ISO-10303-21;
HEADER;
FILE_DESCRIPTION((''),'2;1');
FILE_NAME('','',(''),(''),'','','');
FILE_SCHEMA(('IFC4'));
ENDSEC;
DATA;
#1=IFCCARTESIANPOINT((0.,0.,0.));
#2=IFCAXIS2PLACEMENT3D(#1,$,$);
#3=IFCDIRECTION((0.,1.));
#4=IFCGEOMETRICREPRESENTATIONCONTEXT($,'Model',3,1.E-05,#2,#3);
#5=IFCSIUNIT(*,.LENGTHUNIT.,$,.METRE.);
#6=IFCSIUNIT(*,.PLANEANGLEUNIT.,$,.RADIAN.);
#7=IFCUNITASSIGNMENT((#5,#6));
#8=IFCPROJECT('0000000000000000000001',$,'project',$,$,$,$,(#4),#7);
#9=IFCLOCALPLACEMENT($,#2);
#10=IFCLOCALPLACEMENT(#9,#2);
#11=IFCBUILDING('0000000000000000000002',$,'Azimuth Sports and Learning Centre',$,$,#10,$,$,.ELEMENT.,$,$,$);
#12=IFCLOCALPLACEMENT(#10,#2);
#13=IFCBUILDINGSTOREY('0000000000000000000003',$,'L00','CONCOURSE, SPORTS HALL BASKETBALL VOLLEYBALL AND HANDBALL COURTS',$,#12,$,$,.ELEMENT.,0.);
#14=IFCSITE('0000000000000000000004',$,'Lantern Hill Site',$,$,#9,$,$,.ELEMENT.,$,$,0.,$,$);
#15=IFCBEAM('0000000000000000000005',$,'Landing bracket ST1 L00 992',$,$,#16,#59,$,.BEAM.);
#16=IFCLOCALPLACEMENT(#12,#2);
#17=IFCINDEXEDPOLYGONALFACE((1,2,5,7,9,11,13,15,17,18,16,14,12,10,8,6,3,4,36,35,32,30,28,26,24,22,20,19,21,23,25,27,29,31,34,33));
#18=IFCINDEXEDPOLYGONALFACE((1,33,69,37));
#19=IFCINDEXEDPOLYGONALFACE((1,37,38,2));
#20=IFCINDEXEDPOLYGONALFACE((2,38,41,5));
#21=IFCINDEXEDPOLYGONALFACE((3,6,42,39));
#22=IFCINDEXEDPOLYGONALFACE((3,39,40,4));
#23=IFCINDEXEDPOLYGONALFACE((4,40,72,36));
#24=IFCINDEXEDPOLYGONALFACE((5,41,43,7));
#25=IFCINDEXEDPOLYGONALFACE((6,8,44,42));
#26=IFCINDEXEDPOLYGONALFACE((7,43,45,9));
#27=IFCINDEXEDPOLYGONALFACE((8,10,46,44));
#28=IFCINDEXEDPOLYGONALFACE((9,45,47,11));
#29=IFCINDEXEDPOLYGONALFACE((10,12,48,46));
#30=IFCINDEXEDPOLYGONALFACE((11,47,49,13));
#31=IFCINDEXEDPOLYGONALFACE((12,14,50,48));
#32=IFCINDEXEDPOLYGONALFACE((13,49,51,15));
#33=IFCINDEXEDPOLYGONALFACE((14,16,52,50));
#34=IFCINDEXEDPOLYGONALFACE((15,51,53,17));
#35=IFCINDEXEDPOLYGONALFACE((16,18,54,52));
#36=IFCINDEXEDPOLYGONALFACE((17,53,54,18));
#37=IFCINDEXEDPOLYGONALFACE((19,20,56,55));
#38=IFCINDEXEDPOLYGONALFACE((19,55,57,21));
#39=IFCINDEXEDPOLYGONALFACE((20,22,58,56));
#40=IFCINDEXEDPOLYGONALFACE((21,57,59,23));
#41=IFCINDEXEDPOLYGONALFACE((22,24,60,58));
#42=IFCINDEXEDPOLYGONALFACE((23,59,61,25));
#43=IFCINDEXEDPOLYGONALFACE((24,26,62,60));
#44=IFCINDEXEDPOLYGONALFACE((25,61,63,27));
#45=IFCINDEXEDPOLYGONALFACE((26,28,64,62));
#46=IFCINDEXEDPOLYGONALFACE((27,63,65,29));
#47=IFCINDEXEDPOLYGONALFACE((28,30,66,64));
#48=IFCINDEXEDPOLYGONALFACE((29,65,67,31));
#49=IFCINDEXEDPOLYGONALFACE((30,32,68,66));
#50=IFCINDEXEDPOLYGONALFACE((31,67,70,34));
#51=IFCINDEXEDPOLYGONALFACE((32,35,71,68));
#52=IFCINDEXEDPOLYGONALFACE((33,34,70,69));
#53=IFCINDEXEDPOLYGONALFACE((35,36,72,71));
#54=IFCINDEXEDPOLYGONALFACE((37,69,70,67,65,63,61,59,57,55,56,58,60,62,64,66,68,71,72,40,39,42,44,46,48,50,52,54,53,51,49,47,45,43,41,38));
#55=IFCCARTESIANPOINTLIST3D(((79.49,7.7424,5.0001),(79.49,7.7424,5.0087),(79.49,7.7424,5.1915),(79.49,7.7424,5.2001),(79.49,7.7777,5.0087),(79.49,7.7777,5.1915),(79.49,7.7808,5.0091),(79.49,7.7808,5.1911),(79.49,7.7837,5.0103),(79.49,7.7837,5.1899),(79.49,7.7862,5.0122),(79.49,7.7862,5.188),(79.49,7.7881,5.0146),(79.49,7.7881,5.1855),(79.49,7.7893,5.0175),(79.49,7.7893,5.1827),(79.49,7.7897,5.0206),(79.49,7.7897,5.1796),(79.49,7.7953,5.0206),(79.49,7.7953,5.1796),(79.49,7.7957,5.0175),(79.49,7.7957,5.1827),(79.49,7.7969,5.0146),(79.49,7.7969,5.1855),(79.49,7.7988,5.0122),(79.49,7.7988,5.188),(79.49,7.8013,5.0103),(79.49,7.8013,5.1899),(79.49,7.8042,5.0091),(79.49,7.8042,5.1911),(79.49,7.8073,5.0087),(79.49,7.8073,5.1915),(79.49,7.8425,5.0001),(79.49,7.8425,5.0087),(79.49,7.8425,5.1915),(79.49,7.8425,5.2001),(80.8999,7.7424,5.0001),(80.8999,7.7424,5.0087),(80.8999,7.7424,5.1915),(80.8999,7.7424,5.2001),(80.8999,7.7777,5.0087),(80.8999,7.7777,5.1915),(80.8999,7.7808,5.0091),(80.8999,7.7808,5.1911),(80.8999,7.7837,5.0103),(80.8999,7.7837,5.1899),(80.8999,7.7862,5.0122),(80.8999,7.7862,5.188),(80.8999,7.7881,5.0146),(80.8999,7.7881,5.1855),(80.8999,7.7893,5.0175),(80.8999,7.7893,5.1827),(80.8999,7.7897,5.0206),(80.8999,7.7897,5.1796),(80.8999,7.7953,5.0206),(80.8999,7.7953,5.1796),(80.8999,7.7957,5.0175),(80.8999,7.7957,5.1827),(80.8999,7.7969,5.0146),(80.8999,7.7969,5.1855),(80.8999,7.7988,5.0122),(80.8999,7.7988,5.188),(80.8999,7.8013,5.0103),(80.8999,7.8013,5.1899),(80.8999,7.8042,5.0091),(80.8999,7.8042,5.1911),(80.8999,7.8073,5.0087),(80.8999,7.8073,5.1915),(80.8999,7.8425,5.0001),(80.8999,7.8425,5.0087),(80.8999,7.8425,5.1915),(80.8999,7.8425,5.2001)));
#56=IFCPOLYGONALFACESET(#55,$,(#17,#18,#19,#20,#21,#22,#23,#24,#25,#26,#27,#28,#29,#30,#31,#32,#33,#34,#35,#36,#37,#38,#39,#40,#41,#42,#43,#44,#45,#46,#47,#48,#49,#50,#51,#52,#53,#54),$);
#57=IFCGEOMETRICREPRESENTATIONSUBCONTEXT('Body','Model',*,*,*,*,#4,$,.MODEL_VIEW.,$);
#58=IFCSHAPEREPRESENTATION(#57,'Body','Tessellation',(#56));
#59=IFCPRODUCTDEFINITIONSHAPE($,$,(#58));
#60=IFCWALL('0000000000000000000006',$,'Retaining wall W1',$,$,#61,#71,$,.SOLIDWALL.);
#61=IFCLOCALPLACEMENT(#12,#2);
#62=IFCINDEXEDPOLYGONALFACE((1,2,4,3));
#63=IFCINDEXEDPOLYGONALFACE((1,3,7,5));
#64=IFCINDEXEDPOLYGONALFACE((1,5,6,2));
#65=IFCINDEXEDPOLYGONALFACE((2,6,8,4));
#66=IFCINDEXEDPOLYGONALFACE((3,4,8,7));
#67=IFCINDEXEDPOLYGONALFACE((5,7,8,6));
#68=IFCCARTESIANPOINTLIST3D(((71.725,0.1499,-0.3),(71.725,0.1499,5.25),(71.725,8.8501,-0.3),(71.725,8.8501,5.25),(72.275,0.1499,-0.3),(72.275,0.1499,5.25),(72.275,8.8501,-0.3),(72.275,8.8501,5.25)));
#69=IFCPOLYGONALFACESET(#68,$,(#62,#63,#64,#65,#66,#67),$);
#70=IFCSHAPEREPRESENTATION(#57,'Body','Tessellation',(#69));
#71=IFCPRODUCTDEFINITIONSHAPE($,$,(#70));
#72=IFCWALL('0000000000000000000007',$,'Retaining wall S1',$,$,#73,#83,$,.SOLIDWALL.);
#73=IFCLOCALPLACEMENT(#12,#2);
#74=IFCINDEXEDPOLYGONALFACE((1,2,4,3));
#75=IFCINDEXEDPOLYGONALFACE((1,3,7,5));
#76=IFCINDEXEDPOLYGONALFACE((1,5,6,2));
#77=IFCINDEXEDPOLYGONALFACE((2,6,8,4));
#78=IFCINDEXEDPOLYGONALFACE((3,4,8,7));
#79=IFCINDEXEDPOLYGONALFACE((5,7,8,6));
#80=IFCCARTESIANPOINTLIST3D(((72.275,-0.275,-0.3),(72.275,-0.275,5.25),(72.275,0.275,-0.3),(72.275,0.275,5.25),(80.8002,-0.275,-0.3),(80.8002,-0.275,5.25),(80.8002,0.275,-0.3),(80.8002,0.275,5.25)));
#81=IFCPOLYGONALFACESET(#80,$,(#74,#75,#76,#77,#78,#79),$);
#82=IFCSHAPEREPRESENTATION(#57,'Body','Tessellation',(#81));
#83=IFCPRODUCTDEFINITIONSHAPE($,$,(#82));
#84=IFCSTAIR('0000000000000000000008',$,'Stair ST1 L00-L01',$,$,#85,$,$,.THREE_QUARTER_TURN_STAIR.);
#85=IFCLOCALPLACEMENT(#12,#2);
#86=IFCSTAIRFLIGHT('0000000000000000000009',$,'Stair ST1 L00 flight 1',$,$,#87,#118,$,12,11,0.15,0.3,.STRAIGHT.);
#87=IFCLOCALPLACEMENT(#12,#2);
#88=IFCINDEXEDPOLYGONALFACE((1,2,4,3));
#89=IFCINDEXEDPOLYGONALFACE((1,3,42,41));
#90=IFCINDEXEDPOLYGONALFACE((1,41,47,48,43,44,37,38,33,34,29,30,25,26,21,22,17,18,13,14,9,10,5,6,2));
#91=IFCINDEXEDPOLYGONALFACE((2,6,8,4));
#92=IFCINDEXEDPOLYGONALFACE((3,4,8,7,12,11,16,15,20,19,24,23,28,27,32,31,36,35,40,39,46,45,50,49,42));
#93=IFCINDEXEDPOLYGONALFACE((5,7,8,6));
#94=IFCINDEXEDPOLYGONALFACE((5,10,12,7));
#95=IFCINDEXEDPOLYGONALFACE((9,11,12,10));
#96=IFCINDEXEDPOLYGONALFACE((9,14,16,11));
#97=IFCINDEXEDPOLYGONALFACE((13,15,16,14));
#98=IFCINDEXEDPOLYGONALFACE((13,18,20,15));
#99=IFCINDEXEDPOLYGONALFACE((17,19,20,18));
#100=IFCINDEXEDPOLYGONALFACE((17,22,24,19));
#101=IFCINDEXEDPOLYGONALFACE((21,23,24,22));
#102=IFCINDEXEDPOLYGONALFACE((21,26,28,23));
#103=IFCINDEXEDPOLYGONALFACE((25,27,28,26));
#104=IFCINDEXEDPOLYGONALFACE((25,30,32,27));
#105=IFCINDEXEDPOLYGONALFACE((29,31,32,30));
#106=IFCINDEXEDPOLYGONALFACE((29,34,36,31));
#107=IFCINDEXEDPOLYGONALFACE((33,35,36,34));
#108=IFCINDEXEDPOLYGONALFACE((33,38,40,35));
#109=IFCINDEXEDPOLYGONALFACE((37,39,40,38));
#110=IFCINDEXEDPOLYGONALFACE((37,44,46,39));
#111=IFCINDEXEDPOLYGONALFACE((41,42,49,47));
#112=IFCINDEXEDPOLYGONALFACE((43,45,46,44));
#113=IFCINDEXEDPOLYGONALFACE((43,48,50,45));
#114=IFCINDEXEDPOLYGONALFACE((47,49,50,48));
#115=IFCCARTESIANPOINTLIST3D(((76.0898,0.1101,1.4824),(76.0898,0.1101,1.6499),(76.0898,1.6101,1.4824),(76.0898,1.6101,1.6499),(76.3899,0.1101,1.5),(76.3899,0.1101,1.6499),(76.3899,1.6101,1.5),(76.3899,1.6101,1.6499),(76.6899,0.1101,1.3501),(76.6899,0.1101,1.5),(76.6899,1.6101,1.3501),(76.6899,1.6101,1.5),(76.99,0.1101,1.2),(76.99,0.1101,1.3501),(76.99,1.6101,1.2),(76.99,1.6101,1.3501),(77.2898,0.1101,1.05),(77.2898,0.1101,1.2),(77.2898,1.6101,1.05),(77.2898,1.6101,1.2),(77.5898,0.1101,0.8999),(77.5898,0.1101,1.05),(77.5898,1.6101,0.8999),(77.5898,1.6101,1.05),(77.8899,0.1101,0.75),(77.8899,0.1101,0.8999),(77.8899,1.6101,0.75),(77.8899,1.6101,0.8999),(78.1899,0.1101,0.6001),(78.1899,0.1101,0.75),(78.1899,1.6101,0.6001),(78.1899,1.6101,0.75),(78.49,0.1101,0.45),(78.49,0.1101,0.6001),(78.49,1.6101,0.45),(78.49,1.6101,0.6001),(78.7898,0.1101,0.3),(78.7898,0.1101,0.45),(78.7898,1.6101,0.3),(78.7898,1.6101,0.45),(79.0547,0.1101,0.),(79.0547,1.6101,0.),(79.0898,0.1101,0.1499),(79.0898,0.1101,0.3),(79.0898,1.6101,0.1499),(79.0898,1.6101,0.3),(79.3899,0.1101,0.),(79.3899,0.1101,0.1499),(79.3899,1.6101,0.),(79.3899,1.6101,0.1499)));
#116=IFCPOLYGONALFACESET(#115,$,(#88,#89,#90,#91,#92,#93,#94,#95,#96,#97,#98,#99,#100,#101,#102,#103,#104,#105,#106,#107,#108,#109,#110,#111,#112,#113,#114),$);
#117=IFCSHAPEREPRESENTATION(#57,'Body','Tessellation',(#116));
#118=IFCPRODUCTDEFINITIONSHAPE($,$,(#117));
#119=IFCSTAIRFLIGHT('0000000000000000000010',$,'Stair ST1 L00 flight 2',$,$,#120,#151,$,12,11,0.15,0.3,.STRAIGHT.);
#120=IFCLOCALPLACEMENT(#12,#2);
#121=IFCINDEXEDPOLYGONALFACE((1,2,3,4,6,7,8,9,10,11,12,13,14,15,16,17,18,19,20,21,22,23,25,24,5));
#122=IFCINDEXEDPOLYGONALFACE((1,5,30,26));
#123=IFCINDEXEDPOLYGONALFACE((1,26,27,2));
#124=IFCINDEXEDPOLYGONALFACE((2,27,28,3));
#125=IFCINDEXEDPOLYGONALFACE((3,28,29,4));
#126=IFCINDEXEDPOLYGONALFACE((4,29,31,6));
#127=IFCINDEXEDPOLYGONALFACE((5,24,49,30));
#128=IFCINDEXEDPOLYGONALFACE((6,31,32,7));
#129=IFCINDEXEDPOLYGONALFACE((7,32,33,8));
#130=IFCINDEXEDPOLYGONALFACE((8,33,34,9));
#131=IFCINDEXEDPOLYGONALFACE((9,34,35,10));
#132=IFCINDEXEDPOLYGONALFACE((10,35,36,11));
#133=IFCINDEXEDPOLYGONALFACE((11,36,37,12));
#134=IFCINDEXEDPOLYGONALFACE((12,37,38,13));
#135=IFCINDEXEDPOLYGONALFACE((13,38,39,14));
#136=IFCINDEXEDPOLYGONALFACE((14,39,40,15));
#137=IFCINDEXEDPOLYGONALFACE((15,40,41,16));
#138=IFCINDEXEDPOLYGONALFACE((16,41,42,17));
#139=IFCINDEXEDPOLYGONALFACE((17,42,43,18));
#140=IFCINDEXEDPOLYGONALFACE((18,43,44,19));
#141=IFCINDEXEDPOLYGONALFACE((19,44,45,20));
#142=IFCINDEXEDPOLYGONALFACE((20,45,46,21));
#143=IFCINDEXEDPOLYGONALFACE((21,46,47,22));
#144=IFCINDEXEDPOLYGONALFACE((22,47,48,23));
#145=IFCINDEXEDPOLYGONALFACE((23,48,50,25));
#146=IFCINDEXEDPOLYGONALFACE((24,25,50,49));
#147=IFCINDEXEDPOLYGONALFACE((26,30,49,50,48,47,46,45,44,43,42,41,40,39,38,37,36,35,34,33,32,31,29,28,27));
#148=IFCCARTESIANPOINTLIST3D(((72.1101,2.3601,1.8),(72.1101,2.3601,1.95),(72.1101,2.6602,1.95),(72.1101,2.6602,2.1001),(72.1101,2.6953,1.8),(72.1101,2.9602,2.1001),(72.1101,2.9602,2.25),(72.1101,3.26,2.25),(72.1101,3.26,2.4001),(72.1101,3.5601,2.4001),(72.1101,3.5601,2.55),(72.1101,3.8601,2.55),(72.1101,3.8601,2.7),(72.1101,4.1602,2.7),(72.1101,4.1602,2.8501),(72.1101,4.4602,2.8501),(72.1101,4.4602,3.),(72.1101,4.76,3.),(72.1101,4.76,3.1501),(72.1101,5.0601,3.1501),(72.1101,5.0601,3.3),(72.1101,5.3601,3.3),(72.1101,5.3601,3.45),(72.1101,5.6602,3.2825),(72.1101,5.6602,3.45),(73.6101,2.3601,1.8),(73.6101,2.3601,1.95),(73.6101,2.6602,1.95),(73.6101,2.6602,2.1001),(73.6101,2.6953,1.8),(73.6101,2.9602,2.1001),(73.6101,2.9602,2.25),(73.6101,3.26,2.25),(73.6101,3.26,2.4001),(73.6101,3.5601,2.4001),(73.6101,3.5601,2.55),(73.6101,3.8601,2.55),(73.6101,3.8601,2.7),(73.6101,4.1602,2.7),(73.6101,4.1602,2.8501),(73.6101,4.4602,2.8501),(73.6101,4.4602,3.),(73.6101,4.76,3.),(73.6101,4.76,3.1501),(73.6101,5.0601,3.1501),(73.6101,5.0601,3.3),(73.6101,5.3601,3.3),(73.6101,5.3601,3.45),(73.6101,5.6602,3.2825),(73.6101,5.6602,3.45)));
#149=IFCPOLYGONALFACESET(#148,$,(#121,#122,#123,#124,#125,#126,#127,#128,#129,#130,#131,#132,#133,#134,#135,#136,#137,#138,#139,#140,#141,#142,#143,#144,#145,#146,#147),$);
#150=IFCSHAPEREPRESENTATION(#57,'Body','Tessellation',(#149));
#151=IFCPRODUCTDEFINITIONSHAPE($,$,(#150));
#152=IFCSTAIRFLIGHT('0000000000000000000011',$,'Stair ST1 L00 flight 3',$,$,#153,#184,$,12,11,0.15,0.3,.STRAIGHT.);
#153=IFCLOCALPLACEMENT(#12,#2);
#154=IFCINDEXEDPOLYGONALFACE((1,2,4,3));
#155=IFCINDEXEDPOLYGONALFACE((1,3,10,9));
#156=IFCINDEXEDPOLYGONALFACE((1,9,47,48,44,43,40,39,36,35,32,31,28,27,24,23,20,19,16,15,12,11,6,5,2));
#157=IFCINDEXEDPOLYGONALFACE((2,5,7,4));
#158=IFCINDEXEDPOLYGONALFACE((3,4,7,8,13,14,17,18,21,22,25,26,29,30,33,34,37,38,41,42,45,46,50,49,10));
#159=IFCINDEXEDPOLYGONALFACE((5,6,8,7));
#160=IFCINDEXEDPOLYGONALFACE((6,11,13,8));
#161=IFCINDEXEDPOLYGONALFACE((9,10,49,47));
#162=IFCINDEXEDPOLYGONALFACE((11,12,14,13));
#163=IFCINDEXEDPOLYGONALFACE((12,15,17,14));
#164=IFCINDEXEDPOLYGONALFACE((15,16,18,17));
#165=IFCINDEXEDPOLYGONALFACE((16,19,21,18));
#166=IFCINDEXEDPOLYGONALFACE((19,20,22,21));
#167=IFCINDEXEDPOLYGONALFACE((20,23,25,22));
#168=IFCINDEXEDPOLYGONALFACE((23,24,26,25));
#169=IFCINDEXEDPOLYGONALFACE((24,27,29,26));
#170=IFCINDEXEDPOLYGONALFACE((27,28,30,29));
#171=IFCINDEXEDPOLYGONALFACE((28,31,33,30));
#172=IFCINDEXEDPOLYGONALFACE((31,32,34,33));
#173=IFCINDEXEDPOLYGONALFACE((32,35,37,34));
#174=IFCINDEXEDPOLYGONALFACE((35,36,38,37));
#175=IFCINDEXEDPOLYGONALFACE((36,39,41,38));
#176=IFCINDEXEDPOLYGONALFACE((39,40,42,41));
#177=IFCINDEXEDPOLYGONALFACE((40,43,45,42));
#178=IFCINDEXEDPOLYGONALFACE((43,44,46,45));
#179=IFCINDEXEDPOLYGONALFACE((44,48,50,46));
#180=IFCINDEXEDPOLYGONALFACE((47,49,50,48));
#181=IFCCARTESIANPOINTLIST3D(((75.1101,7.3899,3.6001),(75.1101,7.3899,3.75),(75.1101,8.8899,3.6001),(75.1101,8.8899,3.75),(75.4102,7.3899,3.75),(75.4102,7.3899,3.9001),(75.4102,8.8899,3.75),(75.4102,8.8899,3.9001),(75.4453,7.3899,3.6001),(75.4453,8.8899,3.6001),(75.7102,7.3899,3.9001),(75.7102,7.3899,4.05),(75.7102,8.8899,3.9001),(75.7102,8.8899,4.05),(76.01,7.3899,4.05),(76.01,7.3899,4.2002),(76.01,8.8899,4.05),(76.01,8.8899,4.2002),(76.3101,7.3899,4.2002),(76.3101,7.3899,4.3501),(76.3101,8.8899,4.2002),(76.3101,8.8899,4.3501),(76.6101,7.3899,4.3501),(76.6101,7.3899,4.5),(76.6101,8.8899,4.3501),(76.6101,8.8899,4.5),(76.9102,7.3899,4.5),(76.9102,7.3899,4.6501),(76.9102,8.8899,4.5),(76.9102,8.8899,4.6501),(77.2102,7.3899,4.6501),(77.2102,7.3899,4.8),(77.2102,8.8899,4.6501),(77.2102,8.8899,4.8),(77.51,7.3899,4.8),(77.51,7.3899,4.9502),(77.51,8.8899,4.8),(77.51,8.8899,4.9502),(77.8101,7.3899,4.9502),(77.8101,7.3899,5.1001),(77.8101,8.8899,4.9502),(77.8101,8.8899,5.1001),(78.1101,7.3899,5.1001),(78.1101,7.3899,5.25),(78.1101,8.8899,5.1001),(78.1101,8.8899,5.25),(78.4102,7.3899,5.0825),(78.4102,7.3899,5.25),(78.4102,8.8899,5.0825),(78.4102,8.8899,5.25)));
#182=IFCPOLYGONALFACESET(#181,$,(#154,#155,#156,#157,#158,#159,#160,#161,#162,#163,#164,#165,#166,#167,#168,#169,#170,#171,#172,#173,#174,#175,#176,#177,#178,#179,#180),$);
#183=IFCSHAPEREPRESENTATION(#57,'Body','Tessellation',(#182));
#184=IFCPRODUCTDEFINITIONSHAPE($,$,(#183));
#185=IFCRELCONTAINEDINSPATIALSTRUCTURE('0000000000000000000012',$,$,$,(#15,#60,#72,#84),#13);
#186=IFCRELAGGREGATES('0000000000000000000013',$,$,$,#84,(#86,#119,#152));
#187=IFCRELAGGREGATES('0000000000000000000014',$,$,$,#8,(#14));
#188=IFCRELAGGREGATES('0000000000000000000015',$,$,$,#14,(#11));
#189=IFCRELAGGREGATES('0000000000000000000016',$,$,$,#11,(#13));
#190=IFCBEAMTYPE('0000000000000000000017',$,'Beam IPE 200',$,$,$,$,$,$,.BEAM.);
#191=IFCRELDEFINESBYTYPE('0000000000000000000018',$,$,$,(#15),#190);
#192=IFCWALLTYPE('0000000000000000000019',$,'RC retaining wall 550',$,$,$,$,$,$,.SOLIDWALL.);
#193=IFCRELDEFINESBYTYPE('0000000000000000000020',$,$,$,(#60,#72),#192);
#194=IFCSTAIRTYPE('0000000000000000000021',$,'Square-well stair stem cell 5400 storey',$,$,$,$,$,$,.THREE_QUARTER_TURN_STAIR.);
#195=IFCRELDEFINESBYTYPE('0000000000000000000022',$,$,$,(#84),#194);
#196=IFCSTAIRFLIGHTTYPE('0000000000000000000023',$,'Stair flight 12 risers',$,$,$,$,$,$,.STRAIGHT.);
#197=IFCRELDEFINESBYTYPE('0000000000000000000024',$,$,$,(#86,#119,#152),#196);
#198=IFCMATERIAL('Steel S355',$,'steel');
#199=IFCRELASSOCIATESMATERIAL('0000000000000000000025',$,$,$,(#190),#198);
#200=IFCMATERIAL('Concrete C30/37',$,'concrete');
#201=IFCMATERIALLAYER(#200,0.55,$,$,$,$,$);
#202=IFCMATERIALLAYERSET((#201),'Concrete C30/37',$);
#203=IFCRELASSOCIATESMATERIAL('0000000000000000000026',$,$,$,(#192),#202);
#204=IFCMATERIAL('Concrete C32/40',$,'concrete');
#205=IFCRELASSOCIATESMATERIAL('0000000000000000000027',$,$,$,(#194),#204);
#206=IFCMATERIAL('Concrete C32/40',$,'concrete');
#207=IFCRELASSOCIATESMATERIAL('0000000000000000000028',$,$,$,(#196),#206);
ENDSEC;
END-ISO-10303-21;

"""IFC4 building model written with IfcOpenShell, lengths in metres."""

from ifc_helpers import new_model, si_unit, direction, frame, frame_2d, origin, origin_2d, place, context, subcontext, project, spatial, polyline, rectangle, i_section, outline, extrude, material, layer, layer_set, material_profile, profile_set, type_object, element, aggregate, save


model = new_model("IFC4")

# Units and contexts
model_context = context("Model", 3, precision=1e-05, world=origin(), true_north=direction((0.0, 1.0)))
body_context = subcontext(model_context, "Body", "Model", "MODEL_VIEW")
ifc_project = project(units=[si_unit("LENGTHUNIT", "METRE"), si_unit("PLANEANGLEUNIT", "RADIAN")], contexts=[model_context])

# Site, building, storey
site_placement = place(None, origin())
site = spatial("IfcSite", under=ifc_project, at=site_placement, Name="Lantern Hill Site", CompositionType="ELEMENT", RefElevation=0.0)
building_placement = place(site_placement, origin())
building = spatial("IfcBuilding", under=site, at=building_placement, Name="Azimuth Sports and Learning Centre", CompositionType="ELEMENT")
storey_placement = place(building_placement, origin())
storey = spatial("IfcBuildingStorey", under=building, at=storey_placement, Name="L00", Description="CONCOURSE, SPORTS HALL BASKETBALL VOLLEYBALL AND HANDBALL COURTS", CompositionType="ELEMENT", Elevation=0.0)

# Beam
ifc_material_1 = material(Name="Steel S355", Category="steel")
ifc_material_profile_1 = material_profile(ifc_material_1, i_section(OverallWidth=0.1001, OverallDepth=0.2, WebThickness=0.0056, FlangeThickness=0.0085, FilletRadius=0.012, at=origin_2d()), Name="IPE 200")
ifc_profile_set_1 = profile_set([ifc_material_profile_1], Name="Steel S355")
beam_type = type_object("IfcBeamType", Name="Beam IPE 200", PredefinedType="BEAM", material=ifc_profile_set_1)
for number, where, z_axis, x_axis, name in (
    (1, (80.8999, 7.7925, 5.1001), (-1.0, 0.0, 0.0), (0.0, -1.0, 0.0), "Landing bracket ST1 L00 992"),
):
    element("IfcBeam", number, at=place(storey_placement, frame(where, z_axis=z_axis, x_axis=x_axis)), inside=storey, type_object=beam_type, Name=name, PredefinedType="BEAM", context=body_context, shape_type="SweptSolid", body=[
        extrude(i_section(OverallWidth=0.1001, OverallDepth=0.2, WebThickness=0.0056, FlangeThickness=0.0085, FilletRadius=0.012, at=origin_2d()), origin(), (0.0, 0.0, 1.0), 1.4099),
    ])

# Walls
ifc_material_2 = material(Name="Concrete C30/37", Category="concrete")
ifc_layer_1 = layer(ifc_material_2, 0.55)
ifc_layer_set_1 = layer_set([ifc_layer_1], Name="Concrete C30/37")
wall_type = type_object("IfcWallType", Name="RC retaining wall 550", PredefinedType="SOLIDWALL", material=ifc_layer_set_1)
wall_1_placement = place(storey_placement, frame((72.0, 0.1499, -0.3), z_axis=(0.0, 0.0, 1.0), x_axis=(0.0, 1.0, 0.0)))
element("IfcWall", 2, at=wall_1_placement, inside=storey, type_object=wall_type, Name="Retaining wall W1", PredefinedType="SOLIDWALL", context=body_context, shape_type="SweptSolid", body=[
    extrude(rectangle(XDim=8.7002, YDim=0.55, at=frame_2d((4.3501, 0.0))), origin(), (0.0, 0.0, 1.0), 5.55),
])
wall_2_placement = place(storey_placement, frame((72.2749, 0.0, -0.3), z_axis=(0.0, 0.0, 1.0), x_axis=(1.0, 0.0, 0.0)))
element("IfcWall", 3, at=wall_2_placement, inside=storey, type_object=wall_type, Name="Retaining wall S1", PredefinedType="SOLIDWALL", context=body_context, shape_type="SweptSolid", body=[
    extrude(rectangle(XDim=8.5251, YDim=0.55, at=frame_2d((4.2627, 0.0))), origin(), (0.0, 0.0, 1.0), 5.55),
])

# Stair, stair flights
ifc_material_3 = material(Name="Concrete C32/40", Category="concrete")
stair_type = type_object("IfcStairType", Name="Square-well stair stem cell 5400 storey", PredefinedType="THREE_QUARTER_TURN_STAIR", material=ifc_material_3)
stair_placement = place(storey_placement, origin())
stair = element("IfcStair", 4, at=stair_placement, inside=storey, type_object=stair_type, Name="Stair ST1 L00-L01", PredefinedType="THREE_QUARTER_TURN_STAIR")
ifc_material_4 = material(Name="Concrete C32/40", Category="concrete")
stair_flight_type = type_object("IfcStairFlightType", Name="Stair flight 12 risers", PredefinedType="STRAIGHT", material=ifc_material_4)
stair_flight_1_placement = place(storey_placement, frame((79.3899, 0.8601, 0.0), z_axis=(0.0, 0.0, 1.0), x_axis=(-1.0, 0.0, 0.0)))
stair_flight_1 = element("IfcStairFlight", 5, at=stair_flight_1_placement, type_object=stair_flight_type, Name="Stair ST1 L00 flight 1", NumberOfRisers=12, NumberOfTreads=11, PredefinedType="STRAIGHT", RiserHeight=0.15, TreadLength=0.3, context=body_context, shape_type="SweptSolid", body=[
    extrude(outline(polyline([(0.0, 0.0), (0.0, 0.1499), (0.3, 0.1499), (0.3, 0.3), (0.6001, 0.3), (0.6001, 0.45), (0.8999, 0.45), (0.8999, 0.6001), (1.2, 0.6001), (1.2, 0.75), (1.5, 0.75), (1.5, 0.8999), (1.8, 0.8999), (1.8, 1.05), (2.1001, 1.05), (2.1001, 1.2), (2.3999, 1.2), (2.3999, 1.3501), (2.7, 1.3501), (2.7, 1.5), (3.0, 1.5), (3.0, 1.6499), (3.3, 1.6499), (3.3, 1.8), (3.3, 1.4824), (0.3352, 0.0), (0.0, 0.0)])), frame((0.0, 0.75, 0.0), z_axis=(0.0, -1.0, 0.0), x_axis=(1.0, 0.0, 0.0)), (0.0, 0.0, 1.0), 1.5),
])
stair_flight_2_placement = place(storey_placement, frame((72.8601, 2.3601, 1.8), z_axis=(0.0, 0.0, 1.0), x_axis=(0.0, 1.0, 0.0)))
stair_flight_2 = element("IfcStairFlight", 6, at=stair_flight_2_placement, type_object=stair_flight_type, Name="Stair ST1 L00 flight 2", NumberOfRisers=12, NumberOfTreads=11, PredefinedType="STRAIGHT", RiserHeight=0.15, TreadLength=0.3, context=body_context, shape_type="SweptSolid", body=[
    extrude(outline(polyline([(0.0, 0.0), (0.0, 0.1499), (0.3, 0.1499), (0.3, 0.3), (0.6001, 0.3), (0.6001, 0.45), (0.8999, 0.45), (0.8999, 0.6001), (1.2, 0.6001), (1.2, 0.75), (1.5, 0.75), (1.5, 0.8999), (1.8, 0.8999), (1.8, 1.05), (2.1001, 1.05), (2.1001, 1.2), (2.3999, 1.2), (2.3999, 1.3501), (2.7, 1.3501), (2.7, 1.5), (3.0, 1.5), (3.0, 1.6499), (3.3, 1.6499), (3.3, 1.8), (3.3, 1.4824), (0.3352, 0.0), (0.0, 0.0)])), frame((0.0, 0.75, 0.0), z_axis=(0.0, -1.0, 0.0), x_axis=(1.0, 0.0, 0.0)), (0.0, 0.0, 1.0), 1.5),
])
stair_flight_3_placement = place(storey_placement, frame((75.1101, 8.1399, 3.6001), z_axis=(0.0, 0.0, 1.0), x_axis=(1.0, 0.0, 0.0)))
stair_flight_3 = element("IfcStairFlight", 7, at=stair_flight_3_placement, type_object=stair_flight_type, Name="Stair ST1 L00 flight 3", NumberOfRisers=12, NumberOfTreads=11, PredefinedType="STRAIGHT", RiserHeight=0.15, TreadLength=0.3, context=body_context, shape_type="SweptSolid", body=[
    extrude(outline(polyline([(0.0, 0.0), (0.0, 0.1499), (0.3, 0.1499), (0.3, 0.3), (0.6001, 0.3), (0.6001, 0.45), (0.8999, 0.45), (0.8999, 0.6001), (1.2, 0.6001), (1.2, 0.75), (1.5, 0.75), (1.5, 0.8999), (1.8, 0.8999), (1.8, 1.05), (2.1001, 1.05), (2.1001, 1.2), (2.3999, 1.2), (2.3999, 1.3501), (2.7, 1.3501), (2.7, 1.5), (3.0, 1.5), (3.0, 1.6499), (3.3, 1.6499), (3.3, 1.8), (3.3, 1.4824), (0.3352, 0.0), (0.0, 0.0)])), frame((0.0, 0.75, 0.0), z_axis=(0.0, -1.0, 0.0), x_axis=(1.0, 0.0, 0.0)), (0.0, 0.0, 1.0), 1.5),
])
aggregate(stair, [stair_flight_1, stair_flight_2, stair_flight_3])

save(model, "model.ifc")
